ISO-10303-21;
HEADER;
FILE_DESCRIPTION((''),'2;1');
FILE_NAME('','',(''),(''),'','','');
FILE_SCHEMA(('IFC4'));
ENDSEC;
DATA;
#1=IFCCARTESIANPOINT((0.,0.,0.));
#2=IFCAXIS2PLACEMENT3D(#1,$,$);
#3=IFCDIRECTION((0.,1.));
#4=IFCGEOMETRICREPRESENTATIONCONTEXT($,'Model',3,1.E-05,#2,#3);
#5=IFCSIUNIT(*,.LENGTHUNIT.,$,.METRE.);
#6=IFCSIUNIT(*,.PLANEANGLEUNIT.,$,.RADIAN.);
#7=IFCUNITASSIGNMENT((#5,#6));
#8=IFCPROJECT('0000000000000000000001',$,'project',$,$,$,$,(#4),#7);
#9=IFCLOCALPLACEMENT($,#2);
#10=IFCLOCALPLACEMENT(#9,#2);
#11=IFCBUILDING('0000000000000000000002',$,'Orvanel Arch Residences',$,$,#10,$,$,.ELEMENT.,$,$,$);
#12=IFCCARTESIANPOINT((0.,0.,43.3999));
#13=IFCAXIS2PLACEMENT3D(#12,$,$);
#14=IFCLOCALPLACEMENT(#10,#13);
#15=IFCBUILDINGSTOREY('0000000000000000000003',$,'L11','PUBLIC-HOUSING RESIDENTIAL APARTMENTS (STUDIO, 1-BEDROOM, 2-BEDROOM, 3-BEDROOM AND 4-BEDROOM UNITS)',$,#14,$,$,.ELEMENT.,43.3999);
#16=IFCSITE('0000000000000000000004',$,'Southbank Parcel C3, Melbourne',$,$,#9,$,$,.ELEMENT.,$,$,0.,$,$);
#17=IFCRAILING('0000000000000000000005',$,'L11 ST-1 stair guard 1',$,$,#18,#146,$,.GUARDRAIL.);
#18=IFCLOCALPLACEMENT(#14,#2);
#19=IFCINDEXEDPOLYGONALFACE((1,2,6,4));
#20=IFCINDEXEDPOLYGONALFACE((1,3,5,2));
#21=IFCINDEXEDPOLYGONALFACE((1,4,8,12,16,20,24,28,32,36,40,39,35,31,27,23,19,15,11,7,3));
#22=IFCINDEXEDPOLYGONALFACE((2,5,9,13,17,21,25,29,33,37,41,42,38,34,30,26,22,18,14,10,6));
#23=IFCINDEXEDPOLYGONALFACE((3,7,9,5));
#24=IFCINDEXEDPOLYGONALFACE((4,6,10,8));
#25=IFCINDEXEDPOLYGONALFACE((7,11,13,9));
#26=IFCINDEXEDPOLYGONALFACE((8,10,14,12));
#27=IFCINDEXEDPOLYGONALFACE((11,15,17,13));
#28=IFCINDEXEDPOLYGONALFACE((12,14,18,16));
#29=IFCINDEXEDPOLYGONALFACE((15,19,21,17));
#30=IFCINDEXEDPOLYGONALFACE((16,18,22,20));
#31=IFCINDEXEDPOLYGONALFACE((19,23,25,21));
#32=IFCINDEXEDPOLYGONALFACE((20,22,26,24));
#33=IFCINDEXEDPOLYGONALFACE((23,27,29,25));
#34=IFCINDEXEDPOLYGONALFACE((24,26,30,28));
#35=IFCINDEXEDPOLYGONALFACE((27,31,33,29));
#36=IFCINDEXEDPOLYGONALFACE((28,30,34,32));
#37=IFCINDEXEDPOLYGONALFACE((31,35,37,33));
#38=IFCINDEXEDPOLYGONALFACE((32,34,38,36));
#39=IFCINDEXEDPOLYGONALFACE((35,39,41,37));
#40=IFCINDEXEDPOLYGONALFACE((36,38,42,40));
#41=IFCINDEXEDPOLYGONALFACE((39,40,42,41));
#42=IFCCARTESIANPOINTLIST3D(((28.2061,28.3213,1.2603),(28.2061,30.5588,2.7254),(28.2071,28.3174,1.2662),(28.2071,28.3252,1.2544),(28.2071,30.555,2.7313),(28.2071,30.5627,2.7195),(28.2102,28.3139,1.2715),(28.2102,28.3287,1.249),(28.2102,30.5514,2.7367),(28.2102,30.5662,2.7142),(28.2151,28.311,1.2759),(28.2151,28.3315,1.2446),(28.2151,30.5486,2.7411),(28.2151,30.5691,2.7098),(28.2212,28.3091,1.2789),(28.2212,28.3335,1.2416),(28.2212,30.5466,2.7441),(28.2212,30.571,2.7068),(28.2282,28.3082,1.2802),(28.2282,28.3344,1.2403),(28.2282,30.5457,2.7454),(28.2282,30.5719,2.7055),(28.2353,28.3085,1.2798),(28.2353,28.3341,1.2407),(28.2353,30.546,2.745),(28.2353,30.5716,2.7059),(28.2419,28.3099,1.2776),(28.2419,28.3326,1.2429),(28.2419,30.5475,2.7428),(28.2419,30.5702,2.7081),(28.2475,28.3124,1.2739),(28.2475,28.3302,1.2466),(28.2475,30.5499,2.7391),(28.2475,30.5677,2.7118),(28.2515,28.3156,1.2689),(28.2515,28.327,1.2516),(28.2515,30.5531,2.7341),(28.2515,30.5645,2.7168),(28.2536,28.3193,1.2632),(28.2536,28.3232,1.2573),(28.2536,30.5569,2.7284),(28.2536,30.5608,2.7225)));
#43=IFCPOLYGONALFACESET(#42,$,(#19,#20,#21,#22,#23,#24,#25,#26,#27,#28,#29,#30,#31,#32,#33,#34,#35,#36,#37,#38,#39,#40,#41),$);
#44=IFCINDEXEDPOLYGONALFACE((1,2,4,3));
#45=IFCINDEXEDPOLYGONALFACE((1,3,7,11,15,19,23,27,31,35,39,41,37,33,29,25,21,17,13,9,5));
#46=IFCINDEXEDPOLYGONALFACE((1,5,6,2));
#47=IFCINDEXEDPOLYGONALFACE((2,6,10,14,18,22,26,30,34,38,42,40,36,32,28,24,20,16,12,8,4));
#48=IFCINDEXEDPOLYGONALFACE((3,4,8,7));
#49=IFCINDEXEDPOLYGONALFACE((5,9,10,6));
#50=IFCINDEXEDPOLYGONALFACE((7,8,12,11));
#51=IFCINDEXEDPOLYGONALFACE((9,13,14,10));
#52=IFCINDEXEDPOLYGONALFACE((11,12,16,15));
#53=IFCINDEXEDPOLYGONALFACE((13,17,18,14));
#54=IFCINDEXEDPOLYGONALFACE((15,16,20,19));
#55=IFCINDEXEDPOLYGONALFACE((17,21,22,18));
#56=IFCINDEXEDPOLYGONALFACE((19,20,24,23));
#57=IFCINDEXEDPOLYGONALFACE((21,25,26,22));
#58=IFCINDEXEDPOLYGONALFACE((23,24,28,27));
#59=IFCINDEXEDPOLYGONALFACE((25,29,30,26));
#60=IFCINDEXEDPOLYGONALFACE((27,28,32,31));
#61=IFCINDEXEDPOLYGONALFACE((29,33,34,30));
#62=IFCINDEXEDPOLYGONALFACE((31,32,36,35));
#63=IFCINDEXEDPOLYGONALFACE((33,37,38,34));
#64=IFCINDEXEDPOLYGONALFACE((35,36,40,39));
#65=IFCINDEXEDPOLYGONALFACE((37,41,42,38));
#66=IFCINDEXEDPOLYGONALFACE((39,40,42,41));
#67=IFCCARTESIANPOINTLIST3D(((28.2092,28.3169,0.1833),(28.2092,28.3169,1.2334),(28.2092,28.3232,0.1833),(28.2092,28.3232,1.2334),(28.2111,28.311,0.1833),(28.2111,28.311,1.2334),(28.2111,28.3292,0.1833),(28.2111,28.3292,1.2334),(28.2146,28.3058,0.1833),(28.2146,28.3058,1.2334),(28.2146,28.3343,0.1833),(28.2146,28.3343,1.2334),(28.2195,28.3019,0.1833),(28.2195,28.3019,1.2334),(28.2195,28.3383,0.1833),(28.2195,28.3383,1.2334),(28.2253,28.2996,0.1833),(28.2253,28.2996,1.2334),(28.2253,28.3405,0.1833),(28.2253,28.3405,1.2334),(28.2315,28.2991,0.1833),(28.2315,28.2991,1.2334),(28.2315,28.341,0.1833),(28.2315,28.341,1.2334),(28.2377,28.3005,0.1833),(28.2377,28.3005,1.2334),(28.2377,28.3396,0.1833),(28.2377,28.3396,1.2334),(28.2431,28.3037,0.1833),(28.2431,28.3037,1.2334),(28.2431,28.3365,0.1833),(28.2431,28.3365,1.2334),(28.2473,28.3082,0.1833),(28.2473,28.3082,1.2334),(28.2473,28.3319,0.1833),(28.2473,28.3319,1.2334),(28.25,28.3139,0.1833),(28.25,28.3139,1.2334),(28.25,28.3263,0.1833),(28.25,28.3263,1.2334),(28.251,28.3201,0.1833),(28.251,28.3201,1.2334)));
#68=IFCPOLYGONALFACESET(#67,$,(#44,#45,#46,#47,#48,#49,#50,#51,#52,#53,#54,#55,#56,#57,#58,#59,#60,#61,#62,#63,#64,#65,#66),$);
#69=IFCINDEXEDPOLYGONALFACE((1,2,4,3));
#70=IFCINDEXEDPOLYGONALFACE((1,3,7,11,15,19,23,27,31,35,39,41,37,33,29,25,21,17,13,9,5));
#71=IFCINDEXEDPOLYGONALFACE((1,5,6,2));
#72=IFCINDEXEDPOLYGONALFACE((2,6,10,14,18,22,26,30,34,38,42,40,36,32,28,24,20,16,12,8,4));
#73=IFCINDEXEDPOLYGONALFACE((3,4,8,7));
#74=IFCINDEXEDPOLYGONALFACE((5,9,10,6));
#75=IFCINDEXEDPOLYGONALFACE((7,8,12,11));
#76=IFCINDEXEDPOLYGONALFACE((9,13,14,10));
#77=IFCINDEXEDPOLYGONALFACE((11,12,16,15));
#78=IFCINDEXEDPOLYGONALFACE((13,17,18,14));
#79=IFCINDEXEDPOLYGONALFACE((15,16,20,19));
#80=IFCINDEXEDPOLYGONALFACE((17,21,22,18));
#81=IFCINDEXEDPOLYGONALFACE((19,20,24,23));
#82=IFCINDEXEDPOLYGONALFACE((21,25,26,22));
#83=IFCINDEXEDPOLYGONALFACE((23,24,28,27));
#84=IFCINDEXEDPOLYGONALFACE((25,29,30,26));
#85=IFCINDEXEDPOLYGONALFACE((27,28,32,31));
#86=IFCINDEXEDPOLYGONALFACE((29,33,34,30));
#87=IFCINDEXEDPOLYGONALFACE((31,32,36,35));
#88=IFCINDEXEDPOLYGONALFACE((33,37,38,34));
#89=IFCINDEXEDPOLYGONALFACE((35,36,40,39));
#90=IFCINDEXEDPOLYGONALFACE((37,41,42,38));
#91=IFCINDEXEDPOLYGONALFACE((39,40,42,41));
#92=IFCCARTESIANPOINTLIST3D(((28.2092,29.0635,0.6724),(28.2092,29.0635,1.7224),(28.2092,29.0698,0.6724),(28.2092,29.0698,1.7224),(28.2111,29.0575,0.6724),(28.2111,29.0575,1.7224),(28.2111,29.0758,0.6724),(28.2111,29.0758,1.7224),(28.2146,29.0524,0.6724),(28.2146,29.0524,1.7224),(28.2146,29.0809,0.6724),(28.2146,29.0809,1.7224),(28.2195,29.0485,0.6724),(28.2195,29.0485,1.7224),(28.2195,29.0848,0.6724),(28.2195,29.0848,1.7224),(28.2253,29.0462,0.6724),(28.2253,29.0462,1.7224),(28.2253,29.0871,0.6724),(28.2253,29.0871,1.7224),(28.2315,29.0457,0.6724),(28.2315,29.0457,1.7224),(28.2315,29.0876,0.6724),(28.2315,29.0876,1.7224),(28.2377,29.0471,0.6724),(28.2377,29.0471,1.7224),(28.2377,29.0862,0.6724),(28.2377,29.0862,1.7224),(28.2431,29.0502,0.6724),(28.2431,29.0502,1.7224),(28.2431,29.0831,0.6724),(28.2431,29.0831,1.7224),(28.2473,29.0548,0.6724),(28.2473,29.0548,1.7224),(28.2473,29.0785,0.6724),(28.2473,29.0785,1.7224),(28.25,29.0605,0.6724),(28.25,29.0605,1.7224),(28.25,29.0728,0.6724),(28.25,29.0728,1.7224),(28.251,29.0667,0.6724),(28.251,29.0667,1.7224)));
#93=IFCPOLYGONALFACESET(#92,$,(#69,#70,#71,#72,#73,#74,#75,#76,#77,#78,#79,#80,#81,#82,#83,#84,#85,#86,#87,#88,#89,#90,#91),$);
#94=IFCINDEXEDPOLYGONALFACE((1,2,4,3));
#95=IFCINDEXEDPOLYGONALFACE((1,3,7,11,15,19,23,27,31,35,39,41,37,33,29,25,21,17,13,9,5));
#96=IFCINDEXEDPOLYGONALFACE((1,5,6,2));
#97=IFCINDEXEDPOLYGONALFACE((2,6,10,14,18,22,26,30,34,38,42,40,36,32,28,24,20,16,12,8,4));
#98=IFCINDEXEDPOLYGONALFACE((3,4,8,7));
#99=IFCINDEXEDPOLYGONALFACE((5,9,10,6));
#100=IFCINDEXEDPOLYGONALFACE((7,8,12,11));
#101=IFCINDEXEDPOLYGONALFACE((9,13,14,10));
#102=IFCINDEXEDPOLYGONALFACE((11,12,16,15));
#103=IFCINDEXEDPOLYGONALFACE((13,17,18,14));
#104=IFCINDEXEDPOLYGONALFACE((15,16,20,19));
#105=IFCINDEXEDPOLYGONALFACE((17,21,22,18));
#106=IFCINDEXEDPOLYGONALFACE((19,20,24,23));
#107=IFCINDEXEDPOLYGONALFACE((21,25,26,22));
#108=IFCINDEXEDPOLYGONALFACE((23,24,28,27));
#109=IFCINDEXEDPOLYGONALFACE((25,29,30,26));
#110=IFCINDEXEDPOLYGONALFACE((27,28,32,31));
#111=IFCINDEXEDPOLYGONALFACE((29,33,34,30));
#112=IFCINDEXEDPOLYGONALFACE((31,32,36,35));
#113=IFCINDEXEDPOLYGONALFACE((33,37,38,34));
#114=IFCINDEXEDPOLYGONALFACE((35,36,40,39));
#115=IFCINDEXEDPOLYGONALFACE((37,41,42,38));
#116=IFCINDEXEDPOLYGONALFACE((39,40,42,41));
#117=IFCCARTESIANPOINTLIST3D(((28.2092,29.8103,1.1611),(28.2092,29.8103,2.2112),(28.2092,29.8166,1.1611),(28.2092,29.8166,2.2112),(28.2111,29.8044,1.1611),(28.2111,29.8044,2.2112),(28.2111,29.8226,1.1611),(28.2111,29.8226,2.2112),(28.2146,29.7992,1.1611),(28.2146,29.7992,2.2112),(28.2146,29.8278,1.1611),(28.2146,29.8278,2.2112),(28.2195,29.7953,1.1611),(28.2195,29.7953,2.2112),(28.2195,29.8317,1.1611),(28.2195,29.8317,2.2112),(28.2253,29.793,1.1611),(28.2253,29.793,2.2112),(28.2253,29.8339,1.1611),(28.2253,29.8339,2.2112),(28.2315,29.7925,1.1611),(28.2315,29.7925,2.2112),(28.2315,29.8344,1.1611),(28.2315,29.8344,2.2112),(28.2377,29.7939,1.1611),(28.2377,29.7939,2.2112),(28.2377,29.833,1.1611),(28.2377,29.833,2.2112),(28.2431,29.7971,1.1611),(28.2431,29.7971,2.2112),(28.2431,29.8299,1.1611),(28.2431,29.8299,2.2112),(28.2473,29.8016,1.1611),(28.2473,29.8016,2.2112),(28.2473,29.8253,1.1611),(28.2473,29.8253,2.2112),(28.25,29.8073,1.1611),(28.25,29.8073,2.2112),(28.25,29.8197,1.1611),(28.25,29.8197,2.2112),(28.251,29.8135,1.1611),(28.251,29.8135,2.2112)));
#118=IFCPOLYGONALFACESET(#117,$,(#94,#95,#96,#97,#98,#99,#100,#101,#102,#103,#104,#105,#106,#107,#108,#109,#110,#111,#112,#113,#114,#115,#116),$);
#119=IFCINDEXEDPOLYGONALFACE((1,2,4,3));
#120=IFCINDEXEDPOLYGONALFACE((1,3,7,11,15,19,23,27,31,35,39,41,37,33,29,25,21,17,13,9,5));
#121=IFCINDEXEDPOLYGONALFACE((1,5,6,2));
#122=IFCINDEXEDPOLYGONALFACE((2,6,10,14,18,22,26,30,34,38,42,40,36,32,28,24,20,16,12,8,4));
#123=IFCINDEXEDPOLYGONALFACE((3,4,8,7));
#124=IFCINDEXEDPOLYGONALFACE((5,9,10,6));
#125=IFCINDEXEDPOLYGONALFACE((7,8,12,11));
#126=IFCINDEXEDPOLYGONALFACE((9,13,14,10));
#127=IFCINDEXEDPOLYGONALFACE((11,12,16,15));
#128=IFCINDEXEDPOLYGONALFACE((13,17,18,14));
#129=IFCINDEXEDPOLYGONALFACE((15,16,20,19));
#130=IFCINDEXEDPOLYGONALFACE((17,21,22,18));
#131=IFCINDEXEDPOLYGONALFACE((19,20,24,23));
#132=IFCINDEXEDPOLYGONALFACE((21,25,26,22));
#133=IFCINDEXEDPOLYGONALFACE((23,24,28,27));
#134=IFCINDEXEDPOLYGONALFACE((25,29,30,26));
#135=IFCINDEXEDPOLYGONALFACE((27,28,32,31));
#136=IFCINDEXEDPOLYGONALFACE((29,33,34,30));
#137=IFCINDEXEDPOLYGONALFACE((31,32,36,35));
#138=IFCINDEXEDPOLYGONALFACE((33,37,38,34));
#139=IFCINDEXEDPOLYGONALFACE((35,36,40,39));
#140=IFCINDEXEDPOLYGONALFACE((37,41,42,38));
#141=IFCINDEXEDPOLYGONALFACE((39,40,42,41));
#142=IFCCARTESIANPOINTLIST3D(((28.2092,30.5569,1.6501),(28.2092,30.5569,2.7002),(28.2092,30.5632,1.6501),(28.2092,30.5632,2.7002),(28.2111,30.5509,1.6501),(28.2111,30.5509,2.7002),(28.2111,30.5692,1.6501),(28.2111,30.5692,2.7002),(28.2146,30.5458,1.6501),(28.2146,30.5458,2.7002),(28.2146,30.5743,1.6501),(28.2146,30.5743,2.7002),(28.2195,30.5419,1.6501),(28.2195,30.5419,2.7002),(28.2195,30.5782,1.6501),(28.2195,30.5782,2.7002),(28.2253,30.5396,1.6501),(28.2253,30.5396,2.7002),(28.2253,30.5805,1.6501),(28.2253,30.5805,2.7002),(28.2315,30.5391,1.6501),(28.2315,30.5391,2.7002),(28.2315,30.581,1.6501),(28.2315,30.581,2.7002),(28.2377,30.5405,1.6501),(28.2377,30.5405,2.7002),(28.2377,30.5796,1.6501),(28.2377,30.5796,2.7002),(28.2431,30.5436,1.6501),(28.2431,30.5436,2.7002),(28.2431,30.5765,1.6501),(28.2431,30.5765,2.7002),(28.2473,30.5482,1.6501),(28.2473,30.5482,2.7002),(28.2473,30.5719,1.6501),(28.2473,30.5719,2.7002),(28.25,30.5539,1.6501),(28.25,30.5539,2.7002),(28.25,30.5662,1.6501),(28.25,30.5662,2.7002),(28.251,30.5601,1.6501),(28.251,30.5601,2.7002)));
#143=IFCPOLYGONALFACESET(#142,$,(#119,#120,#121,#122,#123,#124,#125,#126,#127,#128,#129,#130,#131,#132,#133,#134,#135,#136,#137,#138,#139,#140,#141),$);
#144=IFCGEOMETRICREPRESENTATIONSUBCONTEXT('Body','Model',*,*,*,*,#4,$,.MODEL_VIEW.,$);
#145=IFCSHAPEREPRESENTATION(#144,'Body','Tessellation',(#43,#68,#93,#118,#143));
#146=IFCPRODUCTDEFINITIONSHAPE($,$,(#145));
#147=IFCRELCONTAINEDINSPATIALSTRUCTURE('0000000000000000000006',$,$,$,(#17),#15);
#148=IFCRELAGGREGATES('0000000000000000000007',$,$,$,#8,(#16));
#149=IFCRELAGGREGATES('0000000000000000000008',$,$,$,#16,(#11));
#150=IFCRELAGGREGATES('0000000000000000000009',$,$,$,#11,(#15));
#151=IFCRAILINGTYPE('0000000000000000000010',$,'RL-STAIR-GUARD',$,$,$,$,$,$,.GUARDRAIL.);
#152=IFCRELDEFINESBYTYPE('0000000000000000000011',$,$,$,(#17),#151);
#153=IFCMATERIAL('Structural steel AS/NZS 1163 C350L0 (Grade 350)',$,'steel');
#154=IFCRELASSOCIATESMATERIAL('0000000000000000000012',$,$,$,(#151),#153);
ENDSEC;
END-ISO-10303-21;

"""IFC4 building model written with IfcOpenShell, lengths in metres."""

from ifc_helpers import new_model, si_unit, direction, frame, origin, origin_2d, place, context, subcontext, project, spatial, circle, extrude, material, type_object, element, save


model = new_model("IFC4")

# Units and contexts
model_context = context("Model", 3, precision=1e-05, world=origin(), true_north=direction((0.0, 1.0)))
body_context = subcontext(model_context, "Body", "Model", "MODEL_VIEW")
ifc_project = project(units=[si_unit("LENGTHUNIT", "METRE"), si_unit("PLANEANGLEUNIT", "RADIAN")], contexts=[model_context])

# Site, building, storey
site_placement = place(None, origin())
site = spatial("IfcSite", under=ifc_project, at=site_placement, Name="Southbank Parcel C3, Melbourne", CompositionType="ELEMENT", RefElevation=0.0)
building_placement = place(site_placement, origin())
building = spatial("IfcBuilding", under=site, at=building_placement, Name="Orvanel Arch Residences", CompositionType="ELEMENT")
storey_placement = place(building_placement, frame((0.0, 0.0, 43.3999)))
storey = spatial("IfcBuildingStorey", under=building, at=storey_placement, Name="L11", Description="PUBLIC-HOUSING RESIDENTIAL APARTMENTS (STUDIO, 1-BEDROOM, 2-BEDROOM, 3-BEDROOM AND 4-BEDROOM UNITS)", CompositionType="ELEMENT", Elevation=43.3999)

# Railing
ifc_material_1 = material(Name="Structural steel AS/NZS 1163 C350L0 (Grade 350)", Category="steel")
railing_type_1 = type_object("IfcRailingType", Name="RL-STAIR-GUARD", PredefinedType="GUARDRAIL", material=ifc_material_1)
railing_1_placement = place(storey_placement, frame((28.23, 28.3201, 0.1833)))
element("IfcRailing", 1, at=railing_1_placement, inside=storey, type_object=railing_type_1, Name="L11 ST-1 stair guard 1", PredefinedType="GUARDRAIL", context=body_context, shape_type="SweptSolid", body=[
    extrude(circle(Radius=0.0239, at=origin_2d()), frame((0.0, 0.0012, 1.0769), z_axis=(0.0, 0.836595, 0.547822), x_axis=(-1.0, 0.0, 0.0)), (0.0, 0.0, 1.0), 2.6746),
    extrude(circle(Radius=0.021, at=origin_2d()), origin(), (0.0, 0.0, 1.0), 1.05),
    extrude(circle(Radius=0.021, at=origin_2d()), frame((0.0, 0.7466, 0.489)), (0.0, 0.0, 1.0), 1.05),
    extrude(circle(Radius=0.021, at=origin_2d()), frame((0.0, 1.4934, 0.9778)), (0.0, 0.0, 1.0), 1.05),
    extrude(circle(Radius=0.021, at=origin_2d()), frame((0.0, 2.24, 1.4668)), (0.0, 0.0, 1.0), 1.05),
])

save(model, "model.ifc")
